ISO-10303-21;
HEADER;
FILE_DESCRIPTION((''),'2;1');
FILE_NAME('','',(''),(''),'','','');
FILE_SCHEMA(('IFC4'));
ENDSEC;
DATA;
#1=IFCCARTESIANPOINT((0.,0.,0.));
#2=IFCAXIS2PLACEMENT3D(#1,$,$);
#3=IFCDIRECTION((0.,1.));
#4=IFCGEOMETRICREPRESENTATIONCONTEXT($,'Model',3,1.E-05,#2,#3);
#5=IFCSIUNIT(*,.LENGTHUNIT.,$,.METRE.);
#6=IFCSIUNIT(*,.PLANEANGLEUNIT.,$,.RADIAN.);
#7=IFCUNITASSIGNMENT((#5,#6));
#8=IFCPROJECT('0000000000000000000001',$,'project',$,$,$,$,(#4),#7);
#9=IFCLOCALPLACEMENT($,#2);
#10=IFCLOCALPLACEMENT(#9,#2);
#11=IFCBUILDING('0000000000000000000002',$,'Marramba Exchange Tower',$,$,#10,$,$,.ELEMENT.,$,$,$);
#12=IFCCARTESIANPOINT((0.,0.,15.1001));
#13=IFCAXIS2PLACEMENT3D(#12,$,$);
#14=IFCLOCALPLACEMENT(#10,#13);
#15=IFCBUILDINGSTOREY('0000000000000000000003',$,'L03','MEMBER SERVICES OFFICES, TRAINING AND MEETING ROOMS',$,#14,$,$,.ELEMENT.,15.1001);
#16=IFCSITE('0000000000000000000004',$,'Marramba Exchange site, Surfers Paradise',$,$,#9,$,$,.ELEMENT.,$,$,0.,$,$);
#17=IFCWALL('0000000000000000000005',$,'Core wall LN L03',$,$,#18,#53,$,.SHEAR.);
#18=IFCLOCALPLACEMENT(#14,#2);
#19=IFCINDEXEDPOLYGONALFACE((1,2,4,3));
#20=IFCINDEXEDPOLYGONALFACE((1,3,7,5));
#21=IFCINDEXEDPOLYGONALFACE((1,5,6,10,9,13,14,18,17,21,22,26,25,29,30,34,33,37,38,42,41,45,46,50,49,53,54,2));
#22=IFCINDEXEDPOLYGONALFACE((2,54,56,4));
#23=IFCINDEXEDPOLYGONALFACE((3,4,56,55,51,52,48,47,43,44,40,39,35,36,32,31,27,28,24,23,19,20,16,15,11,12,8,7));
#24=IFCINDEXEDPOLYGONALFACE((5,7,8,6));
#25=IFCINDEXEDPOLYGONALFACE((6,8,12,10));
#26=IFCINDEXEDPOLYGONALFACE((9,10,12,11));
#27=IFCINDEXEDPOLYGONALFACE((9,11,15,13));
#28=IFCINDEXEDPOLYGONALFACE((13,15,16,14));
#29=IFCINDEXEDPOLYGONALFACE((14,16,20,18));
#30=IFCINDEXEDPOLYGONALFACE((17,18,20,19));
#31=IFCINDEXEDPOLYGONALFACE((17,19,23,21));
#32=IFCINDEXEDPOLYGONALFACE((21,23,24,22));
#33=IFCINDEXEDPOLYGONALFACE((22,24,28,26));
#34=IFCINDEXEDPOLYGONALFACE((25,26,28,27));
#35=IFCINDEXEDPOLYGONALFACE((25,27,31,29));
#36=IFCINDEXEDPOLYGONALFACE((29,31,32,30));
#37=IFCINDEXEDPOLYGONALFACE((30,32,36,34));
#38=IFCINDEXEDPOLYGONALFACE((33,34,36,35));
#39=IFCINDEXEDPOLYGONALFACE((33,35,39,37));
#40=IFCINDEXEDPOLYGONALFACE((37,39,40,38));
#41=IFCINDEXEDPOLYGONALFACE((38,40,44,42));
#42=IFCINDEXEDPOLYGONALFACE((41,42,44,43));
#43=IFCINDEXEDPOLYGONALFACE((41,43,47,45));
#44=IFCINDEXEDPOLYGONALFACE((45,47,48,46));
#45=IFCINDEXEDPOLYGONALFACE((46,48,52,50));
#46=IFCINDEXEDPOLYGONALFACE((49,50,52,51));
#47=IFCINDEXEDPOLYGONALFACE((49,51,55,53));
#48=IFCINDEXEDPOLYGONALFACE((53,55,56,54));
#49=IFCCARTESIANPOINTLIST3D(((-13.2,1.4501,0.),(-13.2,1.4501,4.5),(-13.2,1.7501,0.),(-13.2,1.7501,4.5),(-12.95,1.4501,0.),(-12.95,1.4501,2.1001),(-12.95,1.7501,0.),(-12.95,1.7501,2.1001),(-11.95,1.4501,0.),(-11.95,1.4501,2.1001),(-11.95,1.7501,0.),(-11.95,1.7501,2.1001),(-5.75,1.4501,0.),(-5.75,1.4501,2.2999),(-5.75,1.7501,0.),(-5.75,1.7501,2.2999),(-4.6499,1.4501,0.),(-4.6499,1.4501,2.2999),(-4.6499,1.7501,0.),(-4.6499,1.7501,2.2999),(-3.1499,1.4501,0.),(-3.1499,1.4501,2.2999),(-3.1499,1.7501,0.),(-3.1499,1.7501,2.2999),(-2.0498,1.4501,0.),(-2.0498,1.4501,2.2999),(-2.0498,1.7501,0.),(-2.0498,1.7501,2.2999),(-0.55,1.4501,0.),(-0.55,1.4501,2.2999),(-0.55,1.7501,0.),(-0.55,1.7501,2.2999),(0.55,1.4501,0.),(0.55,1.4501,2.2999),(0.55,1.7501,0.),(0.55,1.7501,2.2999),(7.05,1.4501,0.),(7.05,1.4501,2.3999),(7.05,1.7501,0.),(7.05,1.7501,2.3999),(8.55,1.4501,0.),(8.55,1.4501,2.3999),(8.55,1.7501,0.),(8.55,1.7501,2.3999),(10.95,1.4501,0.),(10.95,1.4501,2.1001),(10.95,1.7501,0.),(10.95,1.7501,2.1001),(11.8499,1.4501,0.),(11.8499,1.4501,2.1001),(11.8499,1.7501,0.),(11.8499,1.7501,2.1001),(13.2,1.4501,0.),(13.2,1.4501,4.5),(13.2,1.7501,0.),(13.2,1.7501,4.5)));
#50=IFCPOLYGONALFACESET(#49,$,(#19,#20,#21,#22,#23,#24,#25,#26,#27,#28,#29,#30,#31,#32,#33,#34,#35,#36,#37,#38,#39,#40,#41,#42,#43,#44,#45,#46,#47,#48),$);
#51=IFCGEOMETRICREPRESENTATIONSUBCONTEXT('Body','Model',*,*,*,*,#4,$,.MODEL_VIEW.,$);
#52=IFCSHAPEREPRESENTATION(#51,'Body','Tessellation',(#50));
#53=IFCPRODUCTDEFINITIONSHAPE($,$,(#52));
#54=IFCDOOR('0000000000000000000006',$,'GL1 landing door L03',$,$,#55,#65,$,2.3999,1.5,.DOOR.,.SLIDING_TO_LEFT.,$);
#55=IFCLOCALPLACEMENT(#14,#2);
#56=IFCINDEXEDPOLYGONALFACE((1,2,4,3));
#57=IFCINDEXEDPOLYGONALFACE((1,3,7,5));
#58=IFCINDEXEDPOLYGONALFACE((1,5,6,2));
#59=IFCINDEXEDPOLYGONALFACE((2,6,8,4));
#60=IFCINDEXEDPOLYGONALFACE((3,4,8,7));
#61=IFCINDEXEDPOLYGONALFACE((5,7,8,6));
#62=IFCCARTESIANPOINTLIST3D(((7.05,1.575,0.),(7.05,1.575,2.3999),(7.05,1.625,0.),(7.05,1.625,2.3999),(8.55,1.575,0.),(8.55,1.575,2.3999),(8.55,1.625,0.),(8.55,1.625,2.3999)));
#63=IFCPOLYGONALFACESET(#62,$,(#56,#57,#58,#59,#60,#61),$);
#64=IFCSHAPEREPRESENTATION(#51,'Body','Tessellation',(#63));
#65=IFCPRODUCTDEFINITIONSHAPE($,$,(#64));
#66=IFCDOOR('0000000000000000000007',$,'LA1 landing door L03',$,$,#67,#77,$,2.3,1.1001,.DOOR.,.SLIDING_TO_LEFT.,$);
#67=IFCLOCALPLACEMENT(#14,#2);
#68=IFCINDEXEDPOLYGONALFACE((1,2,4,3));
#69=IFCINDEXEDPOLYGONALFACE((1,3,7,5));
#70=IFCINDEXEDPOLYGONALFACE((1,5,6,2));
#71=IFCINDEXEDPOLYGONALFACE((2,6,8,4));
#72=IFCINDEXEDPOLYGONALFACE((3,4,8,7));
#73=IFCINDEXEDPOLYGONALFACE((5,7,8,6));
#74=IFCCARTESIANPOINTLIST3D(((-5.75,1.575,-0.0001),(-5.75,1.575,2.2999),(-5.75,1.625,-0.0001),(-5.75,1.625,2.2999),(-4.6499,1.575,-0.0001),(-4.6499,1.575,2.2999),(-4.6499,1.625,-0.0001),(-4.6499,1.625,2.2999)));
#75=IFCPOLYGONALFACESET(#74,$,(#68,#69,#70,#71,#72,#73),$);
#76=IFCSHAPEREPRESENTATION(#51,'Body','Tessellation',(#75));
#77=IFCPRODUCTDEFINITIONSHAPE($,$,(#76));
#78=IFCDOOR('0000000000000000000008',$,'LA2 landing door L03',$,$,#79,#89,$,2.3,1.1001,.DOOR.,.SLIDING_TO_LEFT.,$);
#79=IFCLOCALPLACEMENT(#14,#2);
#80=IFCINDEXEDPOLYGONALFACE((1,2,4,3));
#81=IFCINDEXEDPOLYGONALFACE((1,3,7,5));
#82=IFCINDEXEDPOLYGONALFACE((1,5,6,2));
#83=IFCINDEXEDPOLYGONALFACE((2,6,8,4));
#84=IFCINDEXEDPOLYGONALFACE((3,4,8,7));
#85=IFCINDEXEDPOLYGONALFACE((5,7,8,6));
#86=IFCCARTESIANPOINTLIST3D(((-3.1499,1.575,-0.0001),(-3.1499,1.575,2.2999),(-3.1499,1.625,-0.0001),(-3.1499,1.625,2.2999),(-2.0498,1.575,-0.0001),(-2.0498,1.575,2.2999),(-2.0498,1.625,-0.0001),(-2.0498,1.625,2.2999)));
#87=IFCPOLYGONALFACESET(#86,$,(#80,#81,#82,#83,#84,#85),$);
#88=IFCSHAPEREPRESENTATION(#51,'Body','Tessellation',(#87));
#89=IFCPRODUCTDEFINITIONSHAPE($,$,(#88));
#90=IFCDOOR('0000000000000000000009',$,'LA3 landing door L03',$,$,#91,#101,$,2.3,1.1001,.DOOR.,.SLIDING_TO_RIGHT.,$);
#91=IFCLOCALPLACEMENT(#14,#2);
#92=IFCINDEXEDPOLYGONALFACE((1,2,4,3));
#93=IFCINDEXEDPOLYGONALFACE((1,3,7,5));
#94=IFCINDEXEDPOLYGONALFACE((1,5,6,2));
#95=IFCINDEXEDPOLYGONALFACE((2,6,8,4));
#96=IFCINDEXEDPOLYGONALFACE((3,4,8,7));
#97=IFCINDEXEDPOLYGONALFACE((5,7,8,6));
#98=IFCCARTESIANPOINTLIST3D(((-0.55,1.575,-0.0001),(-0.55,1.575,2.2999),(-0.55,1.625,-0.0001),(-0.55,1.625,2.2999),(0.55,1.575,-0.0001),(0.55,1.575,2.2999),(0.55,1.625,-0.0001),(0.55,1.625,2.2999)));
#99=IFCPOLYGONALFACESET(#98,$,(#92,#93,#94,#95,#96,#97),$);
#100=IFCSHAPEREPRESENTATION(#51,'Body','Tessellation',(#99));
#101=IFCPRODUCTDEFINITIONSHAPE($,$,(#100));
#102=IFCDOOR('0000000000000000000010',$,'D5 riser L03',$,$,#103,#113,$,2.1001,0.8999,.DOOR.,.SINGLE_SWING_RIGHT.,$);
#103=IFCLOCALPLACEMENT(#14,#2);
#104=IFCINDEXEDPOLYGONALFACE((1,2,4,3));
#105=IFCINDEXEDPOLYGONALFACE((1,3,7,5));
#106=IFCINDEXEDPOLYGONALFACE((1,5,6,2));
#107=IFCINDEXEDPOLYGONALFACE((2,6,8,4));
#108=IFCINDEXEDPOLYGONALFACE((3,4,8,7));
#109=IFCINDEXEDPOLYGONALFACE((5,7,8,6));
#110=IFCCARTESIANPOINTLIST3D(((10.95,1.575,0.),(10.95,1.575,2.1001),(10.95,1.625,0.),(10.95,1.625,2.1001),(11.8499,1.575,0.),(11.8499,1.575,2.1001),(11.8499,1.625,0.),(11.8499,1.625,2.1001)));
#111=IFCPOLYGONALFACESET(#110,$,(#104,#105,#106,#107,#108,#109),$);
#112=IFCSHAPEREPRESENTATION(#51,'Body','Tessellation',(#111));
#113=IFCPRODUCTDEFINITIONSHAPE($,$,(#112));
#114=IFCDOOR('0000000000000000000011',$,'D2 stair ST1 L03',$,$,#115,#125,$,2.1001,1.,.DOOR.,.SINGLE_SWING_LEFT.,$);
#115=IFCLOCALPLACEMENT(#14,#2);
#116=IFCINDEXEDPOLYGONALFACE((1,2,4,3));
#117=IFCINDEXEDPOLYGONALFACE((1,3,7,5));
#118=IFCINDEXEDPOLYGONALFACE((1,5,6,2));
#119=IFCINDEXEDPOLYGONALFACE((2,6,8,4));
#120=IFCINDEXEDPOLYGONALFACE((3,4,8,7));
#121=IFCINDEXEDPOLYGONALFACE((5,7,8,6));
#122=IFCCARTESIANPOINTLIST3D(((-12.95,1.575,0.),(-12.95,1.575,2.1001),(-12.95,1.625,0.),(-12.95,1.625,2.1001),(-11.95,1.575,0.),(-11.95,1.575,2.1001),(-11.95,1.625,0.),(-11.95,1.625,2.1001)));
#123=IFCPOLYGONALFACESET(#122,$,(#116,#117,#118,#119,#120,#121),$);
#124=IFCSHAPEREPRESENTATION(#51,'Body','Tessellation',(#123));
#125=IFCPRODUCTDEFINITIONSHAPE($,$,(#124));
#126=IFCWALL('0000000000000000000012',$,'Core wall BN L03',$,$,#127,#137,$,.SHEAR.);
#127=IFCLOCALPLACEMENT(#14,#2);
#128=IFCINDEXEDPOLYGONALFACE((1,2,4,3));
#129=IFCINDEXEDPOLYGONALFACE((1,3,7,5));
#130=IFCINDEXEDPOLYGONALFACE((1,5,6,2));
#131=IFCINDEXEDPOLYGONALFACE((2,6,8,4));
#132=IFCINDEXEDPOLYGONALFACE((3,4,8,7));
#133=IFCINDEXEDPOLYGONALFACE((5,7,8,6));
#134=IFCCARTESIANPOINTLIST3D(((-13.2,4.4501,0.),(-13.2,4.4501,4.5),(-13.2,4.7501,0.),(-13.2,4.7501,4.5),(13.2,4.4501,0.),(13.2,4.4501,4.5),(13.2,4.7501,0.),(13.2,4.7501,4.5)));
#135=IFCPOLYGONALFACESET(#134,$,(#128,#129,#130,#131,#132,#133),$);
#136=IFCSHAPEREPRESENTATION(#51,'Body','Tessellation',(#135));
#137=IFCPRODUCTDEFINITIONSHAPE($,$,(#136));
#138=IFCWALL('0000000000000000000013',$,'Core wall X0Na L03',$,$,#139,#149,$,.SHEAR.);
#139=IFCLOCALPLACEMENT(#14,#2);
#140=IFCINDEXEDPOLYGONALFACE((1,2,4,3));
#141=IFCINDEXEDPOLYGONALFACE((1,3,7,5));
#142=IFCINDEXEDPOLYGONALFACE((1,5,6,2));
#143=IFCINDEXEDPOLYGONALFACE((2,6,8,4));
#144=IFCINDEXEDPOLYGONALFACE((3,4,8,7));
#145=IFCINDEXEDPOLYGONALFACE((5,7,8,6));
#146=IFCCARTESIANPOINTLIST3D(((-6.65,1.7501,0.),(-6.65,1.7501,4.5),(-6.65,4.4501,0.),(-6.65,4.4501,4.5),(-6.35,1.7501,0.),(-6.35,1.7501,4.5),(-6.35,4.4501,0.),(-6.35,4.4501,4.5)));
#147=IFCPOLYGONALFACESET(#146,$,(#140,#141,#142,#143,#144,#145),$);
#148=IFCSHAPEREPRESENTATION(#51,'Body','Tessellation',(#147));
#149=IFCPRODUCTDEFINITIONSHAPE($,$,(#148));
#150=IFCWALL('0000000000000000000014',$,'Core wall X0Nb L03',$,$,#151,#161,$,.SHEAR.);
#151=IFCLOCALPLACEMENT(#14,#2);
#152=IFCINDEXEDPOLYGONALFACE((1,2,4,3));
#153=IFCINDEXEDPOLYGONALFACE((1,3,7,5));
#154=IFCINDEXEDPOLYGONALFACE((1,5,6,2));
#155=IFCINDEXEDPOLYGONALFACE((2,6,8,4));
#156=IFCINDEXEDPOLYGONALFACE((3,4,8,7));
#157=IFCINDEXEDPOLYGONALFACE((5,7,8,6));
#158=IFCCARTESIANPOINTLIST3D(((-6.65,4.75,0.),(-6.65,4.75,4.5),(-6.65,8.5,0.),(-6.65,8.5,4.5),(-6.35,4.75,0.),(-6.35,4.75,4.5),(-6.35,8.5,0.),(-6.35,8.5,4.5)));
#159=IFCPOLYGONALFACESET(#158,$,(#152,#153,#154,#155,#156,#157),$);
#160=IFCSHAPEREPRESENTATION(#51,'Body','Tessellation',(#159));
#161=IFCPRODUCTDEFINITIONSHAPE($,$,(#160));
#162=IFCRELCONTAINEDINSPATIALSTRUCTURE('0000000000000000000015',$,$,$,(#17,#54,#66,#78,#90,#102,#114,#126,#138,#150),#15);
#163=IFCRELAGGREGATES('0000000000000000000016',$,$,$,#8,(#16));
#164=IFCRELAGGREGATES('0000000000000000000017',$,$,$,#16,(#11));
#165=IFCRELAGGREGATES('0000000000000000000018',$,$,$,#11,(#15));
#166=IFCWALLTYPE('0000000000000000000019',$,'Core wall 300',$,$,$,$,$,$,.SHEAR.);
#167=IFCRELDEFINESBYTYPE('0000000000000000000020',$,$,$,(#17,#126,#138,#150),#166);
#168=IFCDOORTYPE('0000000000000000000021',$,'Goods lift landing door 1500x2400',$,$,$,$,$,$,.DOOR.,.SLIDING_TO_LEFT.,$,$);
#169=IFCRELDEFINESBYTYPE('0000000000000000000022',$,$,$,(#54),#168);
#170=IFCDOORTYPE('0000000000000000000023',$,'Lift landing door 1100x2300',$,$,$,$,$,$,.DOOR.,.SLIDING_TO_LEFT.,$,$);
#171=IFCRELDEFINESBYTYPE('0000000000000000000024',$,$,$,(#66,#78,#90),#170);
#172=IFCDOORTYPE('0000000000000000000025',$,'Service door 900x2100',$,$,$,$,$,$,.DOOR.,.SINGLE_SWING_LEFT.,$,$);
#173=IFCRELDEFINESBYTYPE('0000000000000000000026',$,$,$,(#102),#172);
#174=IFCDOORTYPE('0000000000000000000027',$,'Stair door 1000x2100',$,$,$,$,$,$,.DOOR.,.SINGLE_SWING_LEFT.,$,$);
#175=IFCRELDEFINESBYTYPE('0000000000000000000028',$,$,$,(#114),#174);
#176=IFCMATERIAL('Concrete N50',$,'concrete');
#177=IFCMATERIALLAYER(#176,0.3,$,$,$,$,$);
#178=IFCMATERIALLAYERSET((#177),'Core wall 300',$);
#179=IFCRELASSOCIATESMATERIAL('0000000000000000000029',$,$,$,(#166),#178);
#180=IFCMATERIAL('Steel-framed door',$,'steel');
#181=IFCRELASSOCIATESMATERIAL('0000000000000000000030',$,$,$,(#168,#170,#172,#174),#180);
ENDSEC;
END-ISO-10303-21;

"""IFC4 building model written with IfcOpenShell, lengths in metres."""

from ifc_helpers import new_model, si_unit, direction, frame, frame_2d, origin, place, context, subcontext, project, spatial, rectangle, extrude, material, layer, layer_set, type_object, element, fill, save


model = new_model("IFC4")

# Units and contexts
model_context = context("Model", 3, precision=1e-05, world=origin(), true_north=direction((0.0, 1.0)))
body_context = subcontext(model_context, "Body", "Model", "MODEL_VIEW")
ifc_project = project(units=[si_unit("LENGTHUNIT", "METRE"), si_unit("PLANEANGLEUNIT", "RADIAN")], contexts=[model_context])

# Site, building, storey
site_placement = place(None, origin())
site = spatial("IfcSite", under=ifc_project, at=site_placement, Name="Marramba Exchange site, Surfers Paradise", CompositionType="ELEMENT", RefElevation=0.0)
building_placement = place(site_placement, origin())
building = spatial("IfcBuilding", under=site, at=building_placement, Name="Marramba Exchange Tower", CompositionType="ELEMENT")
storey_placement = place(building_placement, frame((0.0, 0.0, 15.1001)))
storey = spatial("IfcBuildingStorey", under=building, at=storey_placement, Name="L03", Description="MEMBER SERVICES OFFICES, TRAINING AND MEETING ROOMS", CompositionType="ELEMENT", Elevation=15.1001)

# Shared definitions
ifc_material_1 = material(Name="Concrete N50", Category="concrete")

# Shared definitions
ifc_material_2 = material(Name="Steel-framed door", Category="steel")

# Wall, openings, doors
ifc_layer_1 = layer(ifc_material_1, 0.3)
ifc_layer_set_1 = layer_set([ifc_layer_1], Name="Core wall 300")
wall_type_1 = type_object("IfcWallType", Name="Core wall 300", PredefinedType="SHEAR", material=ifc_layer_set_1)
wall_1_placement = place(storey_placement, frame((-13.2, 1.6001, 0.0), z_axis=(0.0, 0.0, 1.0), x_axis=(1.0, 0.0, 0.0)))
wall_1 = element("IfcWall", 1, at=wall_1_placement, inside=storey, type_object=wall_type_1, Name="Core wall LN L03", PredefinedType="SHEAR", context=body_context, shape_type="SweptSolid", body=[
    extrude(rectangle(XDim=26.3999, YDim=0.3, at=frame_2d((13.2, 0.0))), origin(), (0.0, 0.0, 1.0), 4.5),
])
opening_1_placement = place(wall_1_placement, frame((0.25, 0.0, 0.0)))
opening_1 = element("IfcOpeningElement", 2, at=opening_1_placement, cuts=wall_1, PredefinedType="OPENING", context=body_context, shape_type="SweptSolid", body=[
    extrude(rectangle(XDim=1.0, YDim=2.1001, at=frame_2d((0.5, 1.05))), frame((0.0, 0.1599, 0.0), z_axis=(0.0, -1.0, 0.0), x_axis=(1.0, 0.0, 0.0)), (0.0, 0.0, 1.0), 0.3201),
])
opening_2_placement = place(wall_1_placement, frame((20.25, 0.0, 0.0)))
opening_2 = element("IfcOpeningElement", 3, at=opening_2_placement, cuts=wall_1, PredefinedType="OPENING", context=body_context, shape_type="SweptSolid", body=[
    extrude(rectangle(XDim=1.5, YDim=2.3999, at=frame_2d((0.75, 1.2))), frame((0.0, 0.1599, 0.0), z_axis=(0.0, -1.0, 0.0), x_axis=(1.0, 0.0, 0.0)), (0.0, 0.0, 1.0), 0.3201),
])
opening_3_placement = place(wall_1_placement, frame((7.45, 0.0, 0.0)))
opening_3 = element("IfcOpeningElement", 4, at=opening_3_placement, cuts=wall_1, PredefinedType="OPENING", context=body_context, shape_type="SweptSolid", body=[
    extrude(rectangle(XDim=1.1001, YDim=2.3, at=frame_2d((0.55, 1.1499))), frame((0.0, 0.1599, 0.0), z_axis=(0.0, -1.0, 0.0), x_axis=(1.0, 0.0, 0.0)), (0.0, 0.0, 1.0), 0.3201),
])
opening_4_placement = place(wall_1_placement, frame((10.05, 0.0, 0.0)))
opening_4 = element("IfcOpeningElement", 5, at=opening_4_placement, cuts=wall_1, PredefinedType="OPENING", context=body_context, shape_type="SweptSolid", body=[
    extrude(rectangle(XDim=1.1001, YDim=2.3, at=frame_2d((0.55, 1.1499))), frame((0.0, 0.1599, 0.0), z_axis=(0.0, -1.0, 0.0), x_axis=(1.0, 0.0, 0.0)), (0.0, 0.0, 1.0), 0.3201),
])
opening_5_placement = place(wall_1_placement, frame((12.6499, 0.0, 0.0)))
opening_5 = element("IfcOpeningElement", 6, at=opening_5_placement, cuts=wall_1, PredefinedType="OPENING", context=body_context, shape_type="SweptSolid", body=[
    extrude(rectangle(XDim=1.1001, YDim=2.3, at=frame_2d((0.55, 1.1499))), frame((0.0, 0.1599, 0.0), z_axis=(0.0, -1.0, 0.0), x_axis=(1.0, 0.0, 0.0)), (0.0, 0.0, 1.0), 0.3201),
])
opening_6_placement = place(wall_1_placement, frame((24.1499, 0.0, 0.0)))
opening_6 = element("IfcOpeningElement", 7, at=opening_6_placement, cuts=wall_1, PredefinedType="OPENING", context=body_context, shape_type="SweptSolid", body=[
    extrude(rectangle(XDim=0.8999, YDim=2.1001, at=frame_2d((0.45, 1.05))), frame((0.0, 0.1599, 0.0), z_axis=(0.0, -1.0, 0.0), x_axis=(1.0, 0.0, 0.0)), (0.0, 0.0, 1.0), 0.3201),
])
door_type_1 = type_object("IfcDoorType", Name="Goods lift landing door 1500x2400", OperationType="SLIDING_TO_LEFT", PredefinedType="DOOR", material=ifc_material_2)
door_1_placement = place(opening_2_placement, origin())
door_1 = element("IfcDoor", 8, at=door_1_placement, inside=storey, type_object=door_type_1, Name="GL1 landing door L03", OperationType="SLIDING_TO_LEFT", OverallHeight=2.3999, OverallWidth=1.5, PredefinedType="DOOR", context=body_context, shape_type="SweptSolid", body=[
    extrude(rectangle(XDim=1.5, YDim=2.3999, at=frame_2d((0.75, 1.2))), frame((0.0, 0.0249, 0.0), z_axis=(0.0, -1.0, 0.0), x_axis=(1.0, 0.0, 0.0)), (0.0, 0.0, 1.0), 0.05),
])
fill(opening_2, door_1)
door_type_2 = type_object("IfcDoorType", Name="Lift landing door 1100x2300", OperationType="SLIDING_TO_LEFT", PredefinedType="DOOR", material=ifc_material_2)
door_2_placement = place(opening_3_placement, origin())
door_2 = element("IfcDoor", 9, at=door_2_placement, inside=storey, type_object=door_type_2, Name="LA1 landing door L03", OperationType="SLIDING_TO_LEFT", OverallHeight=2.3, OverallWidth=1.1001, PredefinedType="DOOR", context=body_context, shape_type="SweptSolid", body=[
    extrude(rectangle(XDim=1.1001, YDim=2.3, at=frame_2d((0.55, 1.1499))), frame((0.0, 0.0249, 0.0), z_axis=(0.0, -1.0, 0.0), x_axis=(1.0, 0.0, 0.0)), (0.0, 0.0, 1.0), 0.05),
])
fill(opening_3, door_2)
door_3_placement = place(opening_4_placement, origin())
door_3 = element("IfcDoor", 10, at=door_3_placement, inside=storey, type_object=door_type_2, Name="LA2 landing door L03", OperationType="SLIDING_TO_LEFT", OverallHeight=2.3, OverallWidth=1.1001, PredefinedType="DOOR", context=body_context, shape_type="SweptSolid", body=[
    extrude(rectangle(XDim=1.1001, YDim=2.3, at=frame_2d((0.55, 1.1499))), frame((0.0, 0.0249, 0.0), z_axis=(0.0, -1.0, 0.0), x_axis=(1.0, 0.0, 0.0)), (0.0, 0.0, 1.0), 0.05),
])
fill(opening_4, door_3)
door_4_placement = place(opening_5_placement, origin())
door_4 = element("IfcDoor", 11, at=door_4_placement, inside=storey, type_object=door_type_2, Name="LA3 landing door L03", OperationType="SLIDING_TO_RIGHT", OverallHeight=2.3, OverallWidth=1.1001, PredefinedType="DOOR", context=body_context, shape_type="SweptSolid", body=[
    extrude(rectangle(XDim=1.1001, YDim=2.3, at=frame_2d((0.55, 1.1499))), frame((0.0, 0.0249, 0.0), z_axis=(0.0, -1.0, 0.0), x_axis=(1.0, 0.0, 0.0)), (0.0, 0.0, 1.0), 0.05),
])
fill(opening_5, door_4)
door_type_3 = type_object("IfcDoorType", Name="Service door 900x2100", OperationType="SINGLE_SWING_LEFT", PredefinedType="DOOR", material=ifc_material_2)
door_5_placement = place(opening_6_placement, origin())
door_5 = element("IfcDoor", 12, at=door_5_placement, inside=storey, type_object=door_type_3, Name="D5 riser L03", OperationType="SINGLE_SWING_RIGHT", OverallHeight=2.1001, OverallWidth=0.8999, PredefinedType="DOOR", context=body_context, shape_type="SweptSolid", body=[
    extrude(rectangle(XDim=0.8999, YDim=2.1001, at=frame_2d((0.45, 1.05))), frame((0.0, 0.0249, 0.0), z_axis=(0.0, -1.0, 0.0), x_axis=(1.0, 0.0, 0.0)), (0.0, 0.0, 1.0), 0.05),
])
fill(opening_6, door_5)
door_type_4 = type_object("IfcDoorType", Name="Stair door 1000x2100", OperationType="SINGLE_SWING_LEFT", PredefinedType="DOOR", material=ifc_material_2)
door_6_placement = place(opening_1_placement, origin())
door_6 = element("IfcDoor", 13, at=door_6_placement, inside=storey, type_object=door_type_4, Name="D2 stair ST1 L03", OperationType="SINGLE_SWING_LEFT", OverallHeight=2.1001, OverallWidth=1.0, PredefinedType="DOOR", context=body_context, shape_type="SweptSolid", body=[
    extrude(rectangle(XDim=1.0, YDim=2.1001, at=frame_2d((0.5, 1.05))), frame((0.0, 0.0249, 0.0), z_axis=(0.0, -1.0, 0.0), x_axis=(1.0, 0.0, 0.0)), (0.0, 0.0, 1.0), 0.05),
])
fill(opening_1, door_6)

# Walls
wall_2_placement = place(storey_placement, frame((-13.2, 4.6001, 0.0), z_axis=(0.0, 0.0, 1.0), x_axis=(1.0, 0.0, 0.0)))
element("IfcWall", 14, at=wall_2_placement, inside=storey, type_object=wall_type_1, Name="Core wall BN L03", PredefinedType="SHEAR", context=body_context, shape_type="SweptSolid", body=[
    extrude(rectangle(XDim=26.3999, YDim=0.3, at=frame_2d((13.2, 0.0))), origin(), (0.0, 0.0, 1.0), 4.5),
])
wall_3_placement = place(storey_placement, frame((-6.5, 1.75, 0.0), z_axis=(0.0, 0.0, 1.0), x_axis=(0.0, 1.0, 0.0)))
element("IfcWall", 15, at=wall_3_placement, inside=storey, type_object=wall_type_1, Name="Core wall X0Na L03", PredefinedType="SHEAR", context=body_context, shape_type="SweptSolid", body=[
    extrude(rectangle(XDim=2.7, YDim=0.3, at=frame_2d((1.3501, 0.0))), origin(), (0.0, 0.0, 1.0), 4.5),
])
for number, where, z_axis, x_axis, name in (
    (16, (-6.5, 4.75, 0.0), (0.0, 0.0, 1.0), (0.0, 1.0, 0.0), "Core wall X0Nb L03"),
):
    element("IfcWall", number, at=place(storey_placement, frame(where, z_axis=z_axis, x_axis=x_axis)), inside=storey, type_object=wall_type_1, Name=name, PredefinedType="SHEAR", context=body_context, shape_type="SweptSolid", body=[
        extrude(rectangle(XDim=3.75, YDim=0.3, at=frame_2d((1.875, 0.0))), origin(), (0.0, 0.0, 1.0), 4.5),
    ])

save(model, "model.ifc")
